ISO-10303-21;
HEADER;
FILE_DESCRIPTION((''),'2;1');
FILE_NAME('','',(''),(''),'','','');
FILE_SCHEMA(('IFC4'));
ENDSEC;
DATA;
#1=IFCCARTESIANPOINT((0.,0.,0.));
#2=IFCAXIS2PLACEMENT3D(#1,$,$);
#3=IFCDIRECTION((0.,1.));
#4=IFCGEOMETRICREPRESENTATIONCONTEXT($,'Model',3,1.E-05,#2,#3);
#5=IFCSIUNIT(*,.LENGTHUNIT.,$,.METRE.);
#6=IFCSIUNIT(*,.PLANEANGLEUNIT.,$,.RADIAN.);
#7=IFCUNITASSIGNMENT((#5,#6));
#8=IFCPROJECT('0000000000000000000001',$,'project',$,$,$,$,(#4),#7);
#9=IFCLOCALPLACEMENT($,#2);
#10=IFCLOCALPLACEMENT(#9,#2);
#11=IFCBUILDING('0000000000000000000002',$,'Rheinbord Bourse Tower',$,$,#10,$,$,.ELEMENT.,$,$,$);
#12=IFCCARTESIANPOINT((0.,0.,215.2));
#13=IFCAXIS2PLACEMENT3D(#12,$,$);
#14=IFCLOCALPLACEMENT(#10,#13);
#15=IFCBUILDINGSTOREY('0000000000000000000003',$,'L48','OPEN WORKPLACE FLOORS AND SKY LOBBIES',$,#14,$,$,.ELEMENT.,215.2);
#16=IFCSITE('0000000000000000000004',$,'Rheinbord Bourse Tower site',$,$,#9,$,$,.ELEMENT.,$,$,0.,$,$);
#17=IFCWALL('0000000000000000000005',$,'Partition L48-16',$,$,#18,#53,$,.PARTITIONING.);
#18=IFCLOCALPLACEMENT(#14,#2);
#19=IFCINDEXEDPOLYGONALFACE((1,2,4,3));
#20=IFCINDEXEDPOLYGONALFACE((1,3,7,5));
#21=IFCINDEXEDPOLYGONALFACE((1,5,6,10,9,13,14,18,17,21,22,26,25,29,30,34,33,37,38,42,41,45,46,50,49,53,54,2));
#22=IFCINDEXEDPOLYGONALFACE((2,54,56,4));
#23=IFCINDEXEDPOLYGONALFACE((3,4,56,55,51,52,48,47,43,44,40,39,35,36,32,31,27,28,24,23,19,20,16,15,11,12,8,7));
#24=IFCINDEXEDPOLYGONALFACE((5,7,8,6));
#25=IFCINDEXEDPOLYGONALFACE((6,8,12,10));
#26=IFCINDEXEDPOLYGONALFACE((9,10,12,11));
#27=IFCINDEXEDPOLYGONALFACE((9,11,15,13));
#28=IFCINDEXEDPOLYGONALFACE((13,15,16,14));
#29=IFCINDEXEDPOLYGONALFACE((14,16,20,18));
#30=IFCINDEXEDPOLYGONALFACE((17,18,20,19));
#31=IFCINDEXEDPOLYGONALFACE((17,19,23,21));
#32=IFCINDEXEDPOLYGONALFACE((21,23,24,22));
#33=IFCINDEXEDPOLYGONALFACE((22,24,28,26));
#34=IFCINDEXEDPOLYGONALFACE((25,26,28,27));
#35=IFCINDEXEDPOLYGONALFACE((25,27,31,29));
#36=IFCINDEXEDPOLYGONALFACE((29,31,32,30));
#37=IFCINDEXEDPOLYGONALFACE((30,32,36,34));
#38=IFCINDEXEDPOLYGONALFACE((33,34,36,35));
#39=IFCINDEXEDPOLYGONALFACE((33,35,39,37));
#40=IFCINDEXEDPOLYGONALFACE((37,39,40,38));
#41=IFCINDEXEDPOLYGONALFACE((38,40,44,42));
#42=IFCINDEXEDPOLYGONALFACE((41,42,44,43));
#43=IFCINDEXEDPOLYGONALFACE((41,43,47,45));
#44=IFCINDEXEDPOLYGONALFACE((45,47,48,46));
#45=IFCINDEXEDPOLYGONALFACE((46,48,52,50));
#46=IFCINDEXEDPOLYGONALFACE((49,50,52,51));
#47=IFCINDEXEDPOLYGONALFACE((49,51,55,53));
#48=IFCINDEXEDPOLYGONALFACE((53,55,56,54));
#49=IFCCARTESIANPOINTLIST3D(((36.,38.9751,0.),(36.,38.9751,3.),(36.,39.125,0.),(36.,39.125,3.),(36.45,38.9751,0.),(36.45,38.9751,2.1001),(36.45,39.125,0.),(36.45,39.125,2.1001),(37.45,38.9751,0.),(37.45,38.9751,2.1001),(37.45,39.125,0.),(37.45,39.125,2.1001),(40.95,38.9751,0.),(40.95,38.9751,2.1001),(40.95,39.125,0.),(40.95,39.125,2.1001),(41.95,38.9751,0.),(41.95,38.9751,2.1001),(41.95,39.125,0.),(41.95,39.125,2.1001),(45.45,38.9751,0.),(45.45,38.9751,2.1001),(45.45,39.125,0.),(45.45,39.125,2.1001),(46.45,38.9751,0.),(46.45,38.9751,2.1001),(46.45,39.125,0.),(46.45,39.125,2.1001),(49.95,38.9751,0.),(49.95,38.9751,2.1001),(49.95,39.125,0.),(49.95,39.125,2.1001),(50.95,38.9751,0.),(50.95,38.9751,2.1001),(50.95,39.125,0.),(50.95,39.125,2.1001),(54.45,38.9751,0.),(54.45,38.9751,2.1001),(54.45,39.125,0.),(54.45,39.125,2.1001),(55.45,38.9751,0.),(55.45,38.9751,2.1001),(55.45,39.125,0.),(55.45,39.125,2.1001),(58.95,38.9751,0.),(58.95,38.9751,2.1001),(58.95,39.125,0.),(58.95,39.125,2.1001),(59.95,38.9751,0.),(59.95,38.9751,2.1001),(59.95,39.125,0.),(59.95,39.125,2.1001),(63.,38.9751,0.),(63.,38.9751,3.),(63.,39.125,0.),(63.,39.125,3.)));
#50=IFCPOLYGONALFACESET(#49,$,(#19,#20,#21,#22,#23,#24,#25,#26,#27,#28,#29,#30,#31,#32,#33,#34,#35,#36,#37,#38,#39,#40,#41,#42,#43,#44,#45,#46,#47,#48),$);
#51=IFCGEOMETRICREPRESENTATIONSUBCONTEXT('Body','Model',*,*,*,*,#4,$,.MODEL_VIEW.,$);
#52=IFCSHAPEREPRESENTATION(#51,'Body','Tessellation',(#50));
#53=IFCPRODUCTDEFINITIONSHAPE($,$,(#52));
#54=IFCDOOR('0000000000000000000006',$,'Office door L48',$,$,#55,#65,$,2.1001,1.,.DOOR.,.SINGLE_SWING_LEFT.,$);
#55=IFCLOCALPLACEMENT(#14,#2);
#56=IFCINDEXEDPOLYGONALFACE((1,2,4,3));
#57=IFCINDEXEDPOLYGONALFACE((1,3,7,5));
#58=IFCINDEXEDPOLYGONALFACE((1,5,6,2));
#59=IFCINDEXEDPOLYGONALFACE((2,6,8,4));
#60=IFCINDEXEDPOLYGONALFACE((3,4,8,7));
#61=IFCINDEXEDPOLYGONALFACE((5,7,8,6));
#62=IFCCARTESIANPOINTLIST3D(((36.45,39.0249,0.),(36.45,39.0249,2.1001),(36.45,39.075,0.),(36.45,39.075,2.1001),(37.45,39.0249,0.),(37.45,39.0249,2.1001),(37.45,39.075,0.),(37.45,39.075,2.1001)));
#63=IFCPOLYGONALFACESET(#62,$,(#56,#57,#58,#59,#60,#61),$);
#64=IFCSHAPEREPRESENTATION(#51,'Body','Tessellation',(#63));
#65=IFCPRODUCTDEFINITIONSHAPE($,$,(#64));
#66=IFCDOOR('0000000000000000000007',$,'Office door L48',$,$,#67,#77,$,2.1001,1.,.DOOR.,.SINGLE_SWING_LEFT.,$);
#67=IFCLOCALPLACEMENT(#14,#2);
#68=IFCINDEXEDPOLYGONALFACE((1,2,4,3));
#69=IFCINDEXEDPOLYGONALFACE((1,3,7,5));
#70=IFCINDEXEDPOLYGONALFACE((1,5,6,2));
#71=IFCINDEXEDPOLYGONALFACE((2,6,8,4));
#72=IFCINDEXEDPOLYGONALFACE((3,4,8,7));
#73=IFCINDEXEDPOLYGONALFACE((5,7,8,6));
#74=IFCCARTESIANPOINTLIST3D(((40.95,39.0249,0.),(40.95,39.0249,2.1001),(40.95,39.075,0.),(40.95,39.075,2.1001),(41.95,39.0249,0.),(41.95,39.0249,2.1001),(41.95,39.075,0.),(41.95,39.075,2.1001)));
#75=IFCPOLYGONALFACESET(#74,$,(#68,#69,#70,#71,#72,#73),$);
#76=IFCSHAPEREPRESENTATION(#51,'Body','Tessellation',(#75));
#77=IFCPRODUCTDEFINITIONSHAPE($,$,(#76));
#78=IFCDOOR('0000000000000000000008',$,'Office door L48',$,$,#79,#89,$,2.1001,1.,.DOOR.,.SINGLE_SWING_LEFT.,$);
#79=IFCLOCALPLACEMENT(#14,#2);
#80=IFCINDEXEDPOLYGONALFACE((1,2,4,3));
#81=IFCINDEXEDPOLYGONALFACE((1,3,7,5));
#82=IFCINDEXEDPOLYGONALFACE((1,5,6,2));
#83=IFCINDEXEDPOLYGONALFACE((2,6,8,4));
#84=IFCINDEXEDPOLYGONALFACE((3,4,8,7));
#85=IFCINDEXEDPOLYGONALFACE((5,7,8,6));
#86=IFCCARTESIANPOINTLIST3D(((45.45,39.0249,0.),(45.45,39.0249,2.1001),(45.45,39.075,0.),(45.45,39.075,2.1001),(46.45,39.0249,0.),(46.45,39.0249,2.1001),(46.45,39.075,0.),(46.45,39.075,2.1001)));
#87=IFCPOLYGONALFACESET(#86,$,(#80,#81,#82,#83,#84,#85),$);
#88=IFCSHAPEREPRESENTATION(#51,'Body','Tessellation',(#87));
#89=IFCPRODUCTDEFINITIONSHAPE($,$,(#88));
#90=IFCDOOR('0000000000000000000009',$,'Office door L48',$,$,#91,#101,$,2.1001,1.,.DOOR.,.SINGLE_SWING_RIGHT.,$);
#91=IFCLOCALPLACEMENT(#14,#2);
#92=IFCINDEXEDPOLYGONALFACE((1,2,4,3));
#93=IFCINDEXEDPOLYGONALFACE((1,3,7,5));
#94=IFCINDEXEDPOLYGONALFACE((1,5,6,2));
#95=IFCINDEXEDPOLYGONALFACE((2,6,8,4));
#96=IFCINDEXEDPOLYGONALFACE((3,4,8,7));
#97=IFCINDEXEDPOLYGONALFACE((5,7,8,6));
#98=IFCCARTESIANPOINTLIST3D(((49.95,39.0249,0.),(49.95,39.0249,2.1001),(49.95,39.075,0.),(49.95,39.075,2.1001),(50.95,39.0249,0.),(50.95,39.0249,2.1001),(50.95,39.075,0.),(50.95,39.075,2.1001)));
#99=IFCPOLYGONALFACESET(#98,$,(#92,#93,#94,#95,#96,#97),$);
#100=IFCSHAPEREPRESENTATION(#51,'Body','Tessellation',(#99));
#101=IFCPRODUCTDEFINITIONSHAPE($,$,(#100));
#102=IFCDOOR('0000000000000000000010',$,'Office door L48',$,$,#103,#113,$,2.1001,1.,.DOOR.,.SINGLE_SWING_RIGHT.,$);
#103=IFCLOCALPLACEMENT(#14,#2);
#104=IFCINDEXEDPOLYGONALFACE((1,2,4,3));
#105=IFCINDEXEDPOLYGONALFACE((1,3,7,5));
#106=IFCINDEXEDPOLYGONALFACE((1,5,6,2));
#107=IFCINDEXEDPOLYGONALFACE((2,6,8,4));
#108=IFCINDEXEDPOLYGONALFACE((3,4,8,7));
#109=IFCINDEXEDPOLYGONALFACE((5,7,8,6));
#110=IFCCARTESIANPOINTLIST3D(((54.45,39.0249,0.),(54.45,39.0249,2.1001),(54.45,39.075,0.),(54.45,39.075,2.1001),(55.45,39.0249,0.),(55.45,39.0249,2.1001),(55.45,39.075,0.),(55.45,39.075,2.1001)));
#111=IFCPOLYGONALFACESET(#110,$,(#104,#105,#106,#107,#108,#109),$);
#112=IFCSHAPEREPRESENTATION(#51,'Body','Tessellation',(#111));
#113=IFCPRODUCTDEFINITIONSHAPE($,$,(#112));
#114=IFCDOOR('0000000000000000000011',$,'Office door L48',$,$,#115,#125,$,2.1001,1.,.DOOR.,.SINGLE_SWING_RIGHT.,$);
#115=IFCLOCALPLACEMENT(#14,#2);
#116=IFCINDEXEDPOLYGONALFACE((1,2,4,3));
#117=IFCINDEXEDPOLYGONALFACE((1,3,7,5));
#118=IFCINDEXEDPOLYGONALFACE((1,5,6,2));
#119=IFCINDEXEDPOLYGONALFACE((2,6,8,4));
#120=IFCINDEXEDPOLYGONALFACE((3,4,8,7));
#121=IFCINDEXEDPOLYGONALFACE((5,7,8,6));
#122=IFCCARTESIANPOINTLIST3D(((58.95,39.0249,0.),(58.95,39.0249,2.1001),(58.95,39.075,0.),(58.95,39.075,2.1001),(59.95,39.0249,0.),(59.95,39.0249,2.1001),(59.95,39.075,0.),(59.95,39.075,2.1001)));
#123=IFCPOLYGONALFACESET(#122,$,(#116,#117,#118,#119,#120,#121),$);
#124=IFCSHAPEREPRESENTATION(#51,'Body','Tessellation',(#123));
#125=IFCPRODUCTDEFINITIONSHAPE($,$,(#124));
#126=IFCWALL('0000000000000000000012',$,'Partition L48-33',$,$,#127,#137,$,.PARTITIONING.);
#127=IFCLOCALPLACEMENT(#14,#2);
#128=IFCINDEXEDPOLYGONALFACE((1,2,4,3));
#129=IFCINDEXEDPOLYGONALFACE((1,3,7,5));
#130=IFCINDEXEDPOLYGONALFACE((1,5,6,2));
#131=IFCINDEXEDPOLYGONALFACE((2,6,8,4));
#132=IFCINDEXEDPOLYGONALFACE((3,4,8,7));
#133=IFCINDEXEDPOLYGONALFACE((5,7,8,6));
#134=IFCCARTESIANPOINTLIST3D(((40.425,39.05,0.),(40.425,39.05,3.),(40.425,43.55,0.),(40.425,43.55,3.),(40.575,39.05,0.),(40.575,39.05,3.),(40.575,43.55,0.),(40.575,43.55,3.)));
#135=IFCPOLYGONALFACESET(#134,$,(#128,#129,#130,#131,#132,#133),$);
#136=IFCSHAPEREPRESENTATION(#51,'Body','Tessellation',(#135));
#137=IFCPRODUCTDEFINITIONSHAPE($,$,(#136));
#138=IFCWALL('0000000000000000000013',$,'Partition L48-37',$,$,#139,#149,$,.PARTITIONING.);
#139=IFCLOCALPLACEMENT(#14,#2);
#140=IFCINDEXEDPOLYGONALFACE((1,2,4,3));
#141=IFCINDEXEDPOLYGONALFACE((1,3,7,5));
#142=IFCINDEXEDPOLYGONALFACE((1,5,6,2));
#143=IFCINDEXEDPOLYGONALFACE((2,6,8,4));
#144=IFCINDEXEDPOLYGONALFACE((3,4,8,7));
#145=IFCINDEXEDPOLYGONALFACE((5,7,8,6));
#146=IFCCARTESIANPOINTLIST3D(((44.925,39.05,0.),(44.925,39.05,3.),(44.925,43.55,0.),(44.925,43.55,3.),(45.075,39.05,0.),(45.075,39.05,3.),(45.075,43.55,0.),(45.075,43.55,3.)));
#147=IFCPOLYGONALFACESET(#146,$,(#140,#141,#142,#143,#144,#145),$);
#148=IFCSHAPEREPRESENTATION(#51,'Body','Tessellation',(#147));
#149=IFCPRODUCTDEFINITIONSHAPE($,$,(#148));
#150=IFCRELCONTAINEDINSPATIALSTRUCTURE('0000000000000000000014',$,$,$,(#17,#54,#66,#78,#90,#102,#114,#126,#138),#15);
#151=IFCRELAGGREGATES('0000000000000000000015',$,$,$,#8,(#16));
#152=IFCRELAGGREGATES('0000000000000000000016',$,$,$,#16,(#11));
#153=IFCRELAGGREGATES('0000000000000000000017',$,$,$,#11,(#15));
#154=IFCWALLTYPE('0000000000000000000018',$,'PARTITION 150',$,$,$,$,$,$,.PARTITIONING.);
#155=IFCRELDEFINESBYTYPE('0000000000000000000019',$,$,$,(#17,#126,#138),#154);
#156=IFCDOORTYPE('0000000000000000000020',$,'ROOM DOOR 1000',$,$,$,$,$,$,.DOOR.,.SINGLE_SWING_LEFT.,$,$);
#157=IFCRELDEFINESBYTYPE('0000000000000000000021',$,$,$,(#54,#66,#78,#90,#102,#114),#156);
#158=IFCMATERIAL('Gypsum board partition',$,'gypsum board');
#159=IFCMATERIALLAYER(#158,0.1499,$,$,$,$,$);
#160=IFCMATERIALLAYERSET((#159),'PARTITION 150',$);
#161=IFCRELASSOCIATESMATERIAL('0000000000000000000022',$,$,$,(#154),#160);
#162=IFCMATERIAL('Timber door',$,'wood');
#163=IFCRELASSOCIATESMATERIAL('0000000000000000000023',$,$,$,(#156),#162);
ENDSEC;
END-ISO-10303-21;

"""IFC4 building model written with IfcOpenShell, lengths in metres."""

from ifc_helpers import new_model, si_unit, direction, frame, frame_2d, origin, place, context, subcontext, project, spatial, rectangle, extrude, material, layer, layer_set, type_object, element, fill, save


model = new_model("IFC4")

# Units and contexts
model_context = context("Model", 3, precision=1e-05, world=origin(), true_north=direction((0.0, 1.0)))
body_context = subcontext(model_context, "Body", "Model", "MODEL_VIEW")
ifc_project = project(units=[si_unit("LENGTHUNIT", "METRE"), si_unit("PLANEANGLEUNIT", "RADIAN")], contexts=[model_context])

# Site, building, storey
site_placement = place(None, origin())
site = spatial("IfcSite", under=ifc_project, at=site_placement, Name="Rheinbord Bourse Tower site", CompositionType="ELEMENT", RefElevation=0.0)
building_placement = place(site_placement, origin())
building = spatial("IfcBuilding", under=site, at=building_placement, Name="Rheinbord Bourse Tower", CompositionType="ELEMENT")
storey_placement = place(building_placement, frame((0.0, 0.0, 215.2)))
storey = spatial("IfcBuildingStorey", under=building, at=storey_placement, Name="L48", Description="OPEN WORKPLACE FLOORS AND SKY LOBBIES", CompositionType="ELEMENT", Elevation=215.2)

# Wall, openings, doors
ifc_material_1 = material(Name="Gypsum board partition", Category="gypsum board")
ifc_layer_1 = layer(ifc_material_1, 0.1499)
ifc_layer_set_1 = layer_set([ifc_layer_1], Name="PARTITION 150")
wall_type = type_object("IfcWallType", Name="PARTITION 150", PredefinedType="PARTITIONING", material=ifc_layer_set_1)
wall_placement = place(storey_placement, frame((36.0, 39.05, 0.0), z_axis=(0.0, 0.0, 1.0), x_axis=(1.0, 0.0, 0.0)))
wall = element("IfcWall", 1, at=wall_placement, inside=storey, type_object=wall_type, Name="Partition L48-16", PredefinedType="PARTITIONING", context=body_context, shape_type="SweptSolid", body=[
    extrude(rectangle(XDim=27.0, YDim=0.1499, at=frame_2d((13.5, 0.0))), origin(), (0.0, 0.0, 1.0), 3.0),
])
opening_1_placement = place(wall_placement, frame((0.45, 0.0, 0.0)))
opening_1 = element("IfcOpeningElement", 2, at=opening_1_placement, cuts=wall, PredefinedType="OPENING", context=body_context, shape_type="SweptSolid", body=[
    extrude(rectangle(XDim=1.0, YDim=2.1001, at=frame_2d((0.5, 1.05))), frame((0.0, 0.085, 0.0), z_axis=(0.0, -1.0, 0.0), x_axis=(1.0, 0.0, 0.0)), (0.0, 0.0, 1.0), 0.1699),
])
opening_2_placement = place(wall_placement, frame((4.95, 0.0, 0.0)))
opening_2 = element("IfcOpeningElement", 3, at=opening_2_placement, cuts=wall, PredefinedType="OPENING", context=body_context, shape_type="SweptSolid", body=[
    extrude(rectangle(XDim=1.0, YDim=2.1001, at=frame_2d((0.5, 1.05))), frame((0.0, 0.085, 0.0), z_axis=(0.0, -1.0, 0.0), x_axis=(1.0, 0.0, 0.0)), (0.0, 0.0, 1.0), 0.1699),
])
opening_3_placement = place(wall_placement, frame((9.45, 0.0, 0.0)))
opening_3 = element("IfcOpeningElement", 4, at=opening_3_placement, cuts=wall, PredefinedType="OPENING", context=body_context, shape_type="SweptSolid", body=[
    extrude(rectangle(XDim=1.0, YDim=2.1001, at=frame_2d((0.5, 1.05))), frame((0.0, 0.085, 0.0), z_axis=(0.0, -1.0, 0.0), x_axis=(1.0, 0.0, 0.0)), (0.0, 0.0, 1.0), 0.1699),
])
opening_4_placement = place(wall_placement, frame((13.95, 0.0, 0.0)))
opening_4 = element("IfcOpeningElement", 5, at=opening_4_placement, cuts=wall, PredefinedType="OPENING", context=body_context, shape_type="SweptSolid", body=[
    extrude(rectangle(XDim=1.0, YDim=2.1001, at=frame_2d((0.5, 1.05))), frame((0.0, 0.085, 0.0), z_axis=(0.0, -1.0, 0.0), x_axis=(1.0, 0.0, 0.0)), (0.0, 0.0, 1.0), 0.1699),
])
opening_5_placement = place(wall_placement, frame((18.45, 0.0, 0.0)))
opening_5 = element("IfcOpeningElement", 6, at=opening_5_placement, cuts=wall, PredefinedType="OPENING", context=body_context, shape_type="SweptSolid", body=[
    extrude(rectangle(XDim=1.0, YDim=2.1001, at=frame_2d((0.5, 1.05))), frame((0.0, 0.085, 0.0), z_axis=(0.0, -1.0, 0.0), x_axis=(1.0, 0.0, 0.0)), (0.0, 0.0, 1.0), 0.1699),
])
opening_6_placement = place(wall_placement, frame((22.95, 0.0, 0.0)))
opening_6 = element("IfcOpeningElement", 7, at=opening_6_placement, cuts=wall, PredefinedType="OPENING", context=body_context, shape_type="SweptSolid", body=[
    extrude(rectangle(XDim=1.0, YDim=2.1001, at=frame_2d((0.5, 1.05))), frame((0.0, 0.085, 0.0), z_axis=(0.0, -1.0, 0.0), x_axis=(1.0, 0.0, 0.0)), (0.0, 0.0, 1.0), 0.1699),
])
ifc_material_2 = material(Name="Timber door", Category="wood")
door_type = type_object("IfcDoorType", Name="ROOM DOOR 1000", OperationType="SINGLE_SWING_LEFT", PredefinedType="DOOR", material=ifc_material_2)
door_1_placement = place(opening_1_placement, origin())
door_1 = element("IfcDoor", 8, at=door_1_placement, inside=storey, type_object=door_type, Name="Office door L48", OperationType="SINGLE_SWING_LEFT", OverallHeight=2.1001, OverallWidth=1.0, PredefinedType="DOOR", context=body_context, shape_type="SweptSolid", body=[
    extrude(rectangle(XDim=1.0, YDim=2.1001, at=frame_2d((0.5, 1.05))), frame((0.0, 0.0249, 0.0), z_axis=(0.0, -1.0, 0.0), x_axis=(1.0, 0.0, 0.0)), (0.0, 0.0, 1.0), 0.05),
])
fill(opening_1, door_1)
door_2_placement = place(opening_2_placement, origin())
door_2 = element("IfcDoor", 9, at=door_2_placement, inside=storey, type_object=door_type, Name="Office door L48", OperationType="SINGLE_SWING_LEFT", OverallHeight=2.1001, OverallWidth=1.0, PredefinedType="DOOR", context=body_context, shape_type="SweptSolid", body=[
    extrude(rectangle(XDim=1.0, YDim=2.1001, at=frame_2d((0.5, 1.05))), frame((0.0, 0.0249, 0.0), z_axis=(0.0, -1.0, 0.0), x_axis=(1.0, 0.0, 0.0)), (0.0, 0.0, 1.0), 0.05),
])
fill(opening_2, door_2)
door_3_placement = place(opening_3_placement, origin())
door_3 = element("IfcDoor", 10, at=door_3_placement, inside=storey, type_object=door_type, Name="Office door L48", OperationType="SINGLE_SWING_LEFT", OverallHeight=2.1001, OverallWidth=1.0, PredefinedType="DOOR", context=body_context, shape_type="SweptSolid", body=[
    extrude(rectangle(XDim=1.0, YDim=2.1001, at=frame_2d((0.5, 1.05))), frame((0.0, 0.0249, 0.0), z_axis=(0.0, -1.0, 0.0), x_axis=(1.0, 0.0, 0.0)), (0.0, 0.0, 1.0), 0.05),
])
fill(opening_3, door_3)
door_4_placement = place(opening_4_placement, origin())
door_4 = element("IfcDoor", 11, at=door_4_placement, inside=storey, type_object=door_type, Name="Office door L48", OperationType="SINGLE_SWING_RIGHT", OverallHeight=2.1001, OverallWidth=1.0, PredefinedType="DOOR", context=body_context, shape_type="SweptSolid", body=[
    extrude(rectangle(XDim=1.0, YDim=2.1001, at=frame_2d((0.5, 1.05))), frame((0.0, 0.0249, 0.0), z_axis=(0.0, -1.0, 0.0), x_axis=(1.0, 0.0, 0.0)), (0.0, 0.0, 1.0), 0.05),
])
fill(opening_4, door_4)
door_5_placement = place(opening_5_placement, origin())
door_5 = element("IfcDoor", 12, at=door_5_placement, inside=storey, type_object=door_type, Name="Office door L48", OperationType="SINGLE_SWING_RIGHT", OverallHeight=2.1001, OverallWidth=1.0, PredefinedType="DOOR", context=body_context, shape_type="SweptSolid", body=[
    extrude(rectangle(XDim=1.0, YDim=2.1001, at=frame_2d((0.5, 1.05))), frame((0.0, 0.0249, 0.0), z_axis=(0.0, -1.0, 0.0), x_axis=(1.0, 0.0, 0.0)), (0.0, 0.0, 1.0), 0.05),
])
fill(opening_5, door_5)
door_6_placement = place(opening_6_placement, origin())
door_6 = element("IfcDoor", 13, at=door_6_placement, inside=storey, type_object=door_type, Name="Office door L48", OperationType="SINGLE_SWING_RIGHT", OverallHeight=2.1001, OverallWidth=1.0, PredefinedType="DOOR", context=body_context, shape_type="SweptSolid", body=[
    extrude(rectangle(XDim=1.0, YDim=2.1001, at=frame_2d((0.5, 1.05))), frame((0.0, 0.0249, 0.0), z_axis=(0.0, -1.0, 0.0), x_axis=(1.0, 0.0, 0.0)), (0.0, 0.0, 1.0), 0.05),
])
fill(opening_6, door_6)

# Walls
for number, where, z_axis, x_axis, name in (
    (14, (40.5, 39.05, 0.0), (0.0, 0.0, 1.0), (0.0, 1.0, 0.0), "Partition L48-33"),
    (15, (45.0, 39.05, 0.0), (0.0, 0.0, 1.0), (0.0, 1.0, 0.0), "Partition L48-37"),
):
    element("IfcWall", number, at=place(storey_placement, frame(where, z_axis=z_axis, x_axis=x_axis)), inside=storey, type_object=wall_type, Name=name, PredefinedType="PARTITIONING", context=body_context, shape_type="SweptSolid", body=[
        extrude(rectangle(XDim=4.5, YDim=0.1499, at=frame_2d((2.25, 0.0))), origin(), (0.0, 0.0, 1.0), 3.0),
    ])

save(model, "model.ifc")
